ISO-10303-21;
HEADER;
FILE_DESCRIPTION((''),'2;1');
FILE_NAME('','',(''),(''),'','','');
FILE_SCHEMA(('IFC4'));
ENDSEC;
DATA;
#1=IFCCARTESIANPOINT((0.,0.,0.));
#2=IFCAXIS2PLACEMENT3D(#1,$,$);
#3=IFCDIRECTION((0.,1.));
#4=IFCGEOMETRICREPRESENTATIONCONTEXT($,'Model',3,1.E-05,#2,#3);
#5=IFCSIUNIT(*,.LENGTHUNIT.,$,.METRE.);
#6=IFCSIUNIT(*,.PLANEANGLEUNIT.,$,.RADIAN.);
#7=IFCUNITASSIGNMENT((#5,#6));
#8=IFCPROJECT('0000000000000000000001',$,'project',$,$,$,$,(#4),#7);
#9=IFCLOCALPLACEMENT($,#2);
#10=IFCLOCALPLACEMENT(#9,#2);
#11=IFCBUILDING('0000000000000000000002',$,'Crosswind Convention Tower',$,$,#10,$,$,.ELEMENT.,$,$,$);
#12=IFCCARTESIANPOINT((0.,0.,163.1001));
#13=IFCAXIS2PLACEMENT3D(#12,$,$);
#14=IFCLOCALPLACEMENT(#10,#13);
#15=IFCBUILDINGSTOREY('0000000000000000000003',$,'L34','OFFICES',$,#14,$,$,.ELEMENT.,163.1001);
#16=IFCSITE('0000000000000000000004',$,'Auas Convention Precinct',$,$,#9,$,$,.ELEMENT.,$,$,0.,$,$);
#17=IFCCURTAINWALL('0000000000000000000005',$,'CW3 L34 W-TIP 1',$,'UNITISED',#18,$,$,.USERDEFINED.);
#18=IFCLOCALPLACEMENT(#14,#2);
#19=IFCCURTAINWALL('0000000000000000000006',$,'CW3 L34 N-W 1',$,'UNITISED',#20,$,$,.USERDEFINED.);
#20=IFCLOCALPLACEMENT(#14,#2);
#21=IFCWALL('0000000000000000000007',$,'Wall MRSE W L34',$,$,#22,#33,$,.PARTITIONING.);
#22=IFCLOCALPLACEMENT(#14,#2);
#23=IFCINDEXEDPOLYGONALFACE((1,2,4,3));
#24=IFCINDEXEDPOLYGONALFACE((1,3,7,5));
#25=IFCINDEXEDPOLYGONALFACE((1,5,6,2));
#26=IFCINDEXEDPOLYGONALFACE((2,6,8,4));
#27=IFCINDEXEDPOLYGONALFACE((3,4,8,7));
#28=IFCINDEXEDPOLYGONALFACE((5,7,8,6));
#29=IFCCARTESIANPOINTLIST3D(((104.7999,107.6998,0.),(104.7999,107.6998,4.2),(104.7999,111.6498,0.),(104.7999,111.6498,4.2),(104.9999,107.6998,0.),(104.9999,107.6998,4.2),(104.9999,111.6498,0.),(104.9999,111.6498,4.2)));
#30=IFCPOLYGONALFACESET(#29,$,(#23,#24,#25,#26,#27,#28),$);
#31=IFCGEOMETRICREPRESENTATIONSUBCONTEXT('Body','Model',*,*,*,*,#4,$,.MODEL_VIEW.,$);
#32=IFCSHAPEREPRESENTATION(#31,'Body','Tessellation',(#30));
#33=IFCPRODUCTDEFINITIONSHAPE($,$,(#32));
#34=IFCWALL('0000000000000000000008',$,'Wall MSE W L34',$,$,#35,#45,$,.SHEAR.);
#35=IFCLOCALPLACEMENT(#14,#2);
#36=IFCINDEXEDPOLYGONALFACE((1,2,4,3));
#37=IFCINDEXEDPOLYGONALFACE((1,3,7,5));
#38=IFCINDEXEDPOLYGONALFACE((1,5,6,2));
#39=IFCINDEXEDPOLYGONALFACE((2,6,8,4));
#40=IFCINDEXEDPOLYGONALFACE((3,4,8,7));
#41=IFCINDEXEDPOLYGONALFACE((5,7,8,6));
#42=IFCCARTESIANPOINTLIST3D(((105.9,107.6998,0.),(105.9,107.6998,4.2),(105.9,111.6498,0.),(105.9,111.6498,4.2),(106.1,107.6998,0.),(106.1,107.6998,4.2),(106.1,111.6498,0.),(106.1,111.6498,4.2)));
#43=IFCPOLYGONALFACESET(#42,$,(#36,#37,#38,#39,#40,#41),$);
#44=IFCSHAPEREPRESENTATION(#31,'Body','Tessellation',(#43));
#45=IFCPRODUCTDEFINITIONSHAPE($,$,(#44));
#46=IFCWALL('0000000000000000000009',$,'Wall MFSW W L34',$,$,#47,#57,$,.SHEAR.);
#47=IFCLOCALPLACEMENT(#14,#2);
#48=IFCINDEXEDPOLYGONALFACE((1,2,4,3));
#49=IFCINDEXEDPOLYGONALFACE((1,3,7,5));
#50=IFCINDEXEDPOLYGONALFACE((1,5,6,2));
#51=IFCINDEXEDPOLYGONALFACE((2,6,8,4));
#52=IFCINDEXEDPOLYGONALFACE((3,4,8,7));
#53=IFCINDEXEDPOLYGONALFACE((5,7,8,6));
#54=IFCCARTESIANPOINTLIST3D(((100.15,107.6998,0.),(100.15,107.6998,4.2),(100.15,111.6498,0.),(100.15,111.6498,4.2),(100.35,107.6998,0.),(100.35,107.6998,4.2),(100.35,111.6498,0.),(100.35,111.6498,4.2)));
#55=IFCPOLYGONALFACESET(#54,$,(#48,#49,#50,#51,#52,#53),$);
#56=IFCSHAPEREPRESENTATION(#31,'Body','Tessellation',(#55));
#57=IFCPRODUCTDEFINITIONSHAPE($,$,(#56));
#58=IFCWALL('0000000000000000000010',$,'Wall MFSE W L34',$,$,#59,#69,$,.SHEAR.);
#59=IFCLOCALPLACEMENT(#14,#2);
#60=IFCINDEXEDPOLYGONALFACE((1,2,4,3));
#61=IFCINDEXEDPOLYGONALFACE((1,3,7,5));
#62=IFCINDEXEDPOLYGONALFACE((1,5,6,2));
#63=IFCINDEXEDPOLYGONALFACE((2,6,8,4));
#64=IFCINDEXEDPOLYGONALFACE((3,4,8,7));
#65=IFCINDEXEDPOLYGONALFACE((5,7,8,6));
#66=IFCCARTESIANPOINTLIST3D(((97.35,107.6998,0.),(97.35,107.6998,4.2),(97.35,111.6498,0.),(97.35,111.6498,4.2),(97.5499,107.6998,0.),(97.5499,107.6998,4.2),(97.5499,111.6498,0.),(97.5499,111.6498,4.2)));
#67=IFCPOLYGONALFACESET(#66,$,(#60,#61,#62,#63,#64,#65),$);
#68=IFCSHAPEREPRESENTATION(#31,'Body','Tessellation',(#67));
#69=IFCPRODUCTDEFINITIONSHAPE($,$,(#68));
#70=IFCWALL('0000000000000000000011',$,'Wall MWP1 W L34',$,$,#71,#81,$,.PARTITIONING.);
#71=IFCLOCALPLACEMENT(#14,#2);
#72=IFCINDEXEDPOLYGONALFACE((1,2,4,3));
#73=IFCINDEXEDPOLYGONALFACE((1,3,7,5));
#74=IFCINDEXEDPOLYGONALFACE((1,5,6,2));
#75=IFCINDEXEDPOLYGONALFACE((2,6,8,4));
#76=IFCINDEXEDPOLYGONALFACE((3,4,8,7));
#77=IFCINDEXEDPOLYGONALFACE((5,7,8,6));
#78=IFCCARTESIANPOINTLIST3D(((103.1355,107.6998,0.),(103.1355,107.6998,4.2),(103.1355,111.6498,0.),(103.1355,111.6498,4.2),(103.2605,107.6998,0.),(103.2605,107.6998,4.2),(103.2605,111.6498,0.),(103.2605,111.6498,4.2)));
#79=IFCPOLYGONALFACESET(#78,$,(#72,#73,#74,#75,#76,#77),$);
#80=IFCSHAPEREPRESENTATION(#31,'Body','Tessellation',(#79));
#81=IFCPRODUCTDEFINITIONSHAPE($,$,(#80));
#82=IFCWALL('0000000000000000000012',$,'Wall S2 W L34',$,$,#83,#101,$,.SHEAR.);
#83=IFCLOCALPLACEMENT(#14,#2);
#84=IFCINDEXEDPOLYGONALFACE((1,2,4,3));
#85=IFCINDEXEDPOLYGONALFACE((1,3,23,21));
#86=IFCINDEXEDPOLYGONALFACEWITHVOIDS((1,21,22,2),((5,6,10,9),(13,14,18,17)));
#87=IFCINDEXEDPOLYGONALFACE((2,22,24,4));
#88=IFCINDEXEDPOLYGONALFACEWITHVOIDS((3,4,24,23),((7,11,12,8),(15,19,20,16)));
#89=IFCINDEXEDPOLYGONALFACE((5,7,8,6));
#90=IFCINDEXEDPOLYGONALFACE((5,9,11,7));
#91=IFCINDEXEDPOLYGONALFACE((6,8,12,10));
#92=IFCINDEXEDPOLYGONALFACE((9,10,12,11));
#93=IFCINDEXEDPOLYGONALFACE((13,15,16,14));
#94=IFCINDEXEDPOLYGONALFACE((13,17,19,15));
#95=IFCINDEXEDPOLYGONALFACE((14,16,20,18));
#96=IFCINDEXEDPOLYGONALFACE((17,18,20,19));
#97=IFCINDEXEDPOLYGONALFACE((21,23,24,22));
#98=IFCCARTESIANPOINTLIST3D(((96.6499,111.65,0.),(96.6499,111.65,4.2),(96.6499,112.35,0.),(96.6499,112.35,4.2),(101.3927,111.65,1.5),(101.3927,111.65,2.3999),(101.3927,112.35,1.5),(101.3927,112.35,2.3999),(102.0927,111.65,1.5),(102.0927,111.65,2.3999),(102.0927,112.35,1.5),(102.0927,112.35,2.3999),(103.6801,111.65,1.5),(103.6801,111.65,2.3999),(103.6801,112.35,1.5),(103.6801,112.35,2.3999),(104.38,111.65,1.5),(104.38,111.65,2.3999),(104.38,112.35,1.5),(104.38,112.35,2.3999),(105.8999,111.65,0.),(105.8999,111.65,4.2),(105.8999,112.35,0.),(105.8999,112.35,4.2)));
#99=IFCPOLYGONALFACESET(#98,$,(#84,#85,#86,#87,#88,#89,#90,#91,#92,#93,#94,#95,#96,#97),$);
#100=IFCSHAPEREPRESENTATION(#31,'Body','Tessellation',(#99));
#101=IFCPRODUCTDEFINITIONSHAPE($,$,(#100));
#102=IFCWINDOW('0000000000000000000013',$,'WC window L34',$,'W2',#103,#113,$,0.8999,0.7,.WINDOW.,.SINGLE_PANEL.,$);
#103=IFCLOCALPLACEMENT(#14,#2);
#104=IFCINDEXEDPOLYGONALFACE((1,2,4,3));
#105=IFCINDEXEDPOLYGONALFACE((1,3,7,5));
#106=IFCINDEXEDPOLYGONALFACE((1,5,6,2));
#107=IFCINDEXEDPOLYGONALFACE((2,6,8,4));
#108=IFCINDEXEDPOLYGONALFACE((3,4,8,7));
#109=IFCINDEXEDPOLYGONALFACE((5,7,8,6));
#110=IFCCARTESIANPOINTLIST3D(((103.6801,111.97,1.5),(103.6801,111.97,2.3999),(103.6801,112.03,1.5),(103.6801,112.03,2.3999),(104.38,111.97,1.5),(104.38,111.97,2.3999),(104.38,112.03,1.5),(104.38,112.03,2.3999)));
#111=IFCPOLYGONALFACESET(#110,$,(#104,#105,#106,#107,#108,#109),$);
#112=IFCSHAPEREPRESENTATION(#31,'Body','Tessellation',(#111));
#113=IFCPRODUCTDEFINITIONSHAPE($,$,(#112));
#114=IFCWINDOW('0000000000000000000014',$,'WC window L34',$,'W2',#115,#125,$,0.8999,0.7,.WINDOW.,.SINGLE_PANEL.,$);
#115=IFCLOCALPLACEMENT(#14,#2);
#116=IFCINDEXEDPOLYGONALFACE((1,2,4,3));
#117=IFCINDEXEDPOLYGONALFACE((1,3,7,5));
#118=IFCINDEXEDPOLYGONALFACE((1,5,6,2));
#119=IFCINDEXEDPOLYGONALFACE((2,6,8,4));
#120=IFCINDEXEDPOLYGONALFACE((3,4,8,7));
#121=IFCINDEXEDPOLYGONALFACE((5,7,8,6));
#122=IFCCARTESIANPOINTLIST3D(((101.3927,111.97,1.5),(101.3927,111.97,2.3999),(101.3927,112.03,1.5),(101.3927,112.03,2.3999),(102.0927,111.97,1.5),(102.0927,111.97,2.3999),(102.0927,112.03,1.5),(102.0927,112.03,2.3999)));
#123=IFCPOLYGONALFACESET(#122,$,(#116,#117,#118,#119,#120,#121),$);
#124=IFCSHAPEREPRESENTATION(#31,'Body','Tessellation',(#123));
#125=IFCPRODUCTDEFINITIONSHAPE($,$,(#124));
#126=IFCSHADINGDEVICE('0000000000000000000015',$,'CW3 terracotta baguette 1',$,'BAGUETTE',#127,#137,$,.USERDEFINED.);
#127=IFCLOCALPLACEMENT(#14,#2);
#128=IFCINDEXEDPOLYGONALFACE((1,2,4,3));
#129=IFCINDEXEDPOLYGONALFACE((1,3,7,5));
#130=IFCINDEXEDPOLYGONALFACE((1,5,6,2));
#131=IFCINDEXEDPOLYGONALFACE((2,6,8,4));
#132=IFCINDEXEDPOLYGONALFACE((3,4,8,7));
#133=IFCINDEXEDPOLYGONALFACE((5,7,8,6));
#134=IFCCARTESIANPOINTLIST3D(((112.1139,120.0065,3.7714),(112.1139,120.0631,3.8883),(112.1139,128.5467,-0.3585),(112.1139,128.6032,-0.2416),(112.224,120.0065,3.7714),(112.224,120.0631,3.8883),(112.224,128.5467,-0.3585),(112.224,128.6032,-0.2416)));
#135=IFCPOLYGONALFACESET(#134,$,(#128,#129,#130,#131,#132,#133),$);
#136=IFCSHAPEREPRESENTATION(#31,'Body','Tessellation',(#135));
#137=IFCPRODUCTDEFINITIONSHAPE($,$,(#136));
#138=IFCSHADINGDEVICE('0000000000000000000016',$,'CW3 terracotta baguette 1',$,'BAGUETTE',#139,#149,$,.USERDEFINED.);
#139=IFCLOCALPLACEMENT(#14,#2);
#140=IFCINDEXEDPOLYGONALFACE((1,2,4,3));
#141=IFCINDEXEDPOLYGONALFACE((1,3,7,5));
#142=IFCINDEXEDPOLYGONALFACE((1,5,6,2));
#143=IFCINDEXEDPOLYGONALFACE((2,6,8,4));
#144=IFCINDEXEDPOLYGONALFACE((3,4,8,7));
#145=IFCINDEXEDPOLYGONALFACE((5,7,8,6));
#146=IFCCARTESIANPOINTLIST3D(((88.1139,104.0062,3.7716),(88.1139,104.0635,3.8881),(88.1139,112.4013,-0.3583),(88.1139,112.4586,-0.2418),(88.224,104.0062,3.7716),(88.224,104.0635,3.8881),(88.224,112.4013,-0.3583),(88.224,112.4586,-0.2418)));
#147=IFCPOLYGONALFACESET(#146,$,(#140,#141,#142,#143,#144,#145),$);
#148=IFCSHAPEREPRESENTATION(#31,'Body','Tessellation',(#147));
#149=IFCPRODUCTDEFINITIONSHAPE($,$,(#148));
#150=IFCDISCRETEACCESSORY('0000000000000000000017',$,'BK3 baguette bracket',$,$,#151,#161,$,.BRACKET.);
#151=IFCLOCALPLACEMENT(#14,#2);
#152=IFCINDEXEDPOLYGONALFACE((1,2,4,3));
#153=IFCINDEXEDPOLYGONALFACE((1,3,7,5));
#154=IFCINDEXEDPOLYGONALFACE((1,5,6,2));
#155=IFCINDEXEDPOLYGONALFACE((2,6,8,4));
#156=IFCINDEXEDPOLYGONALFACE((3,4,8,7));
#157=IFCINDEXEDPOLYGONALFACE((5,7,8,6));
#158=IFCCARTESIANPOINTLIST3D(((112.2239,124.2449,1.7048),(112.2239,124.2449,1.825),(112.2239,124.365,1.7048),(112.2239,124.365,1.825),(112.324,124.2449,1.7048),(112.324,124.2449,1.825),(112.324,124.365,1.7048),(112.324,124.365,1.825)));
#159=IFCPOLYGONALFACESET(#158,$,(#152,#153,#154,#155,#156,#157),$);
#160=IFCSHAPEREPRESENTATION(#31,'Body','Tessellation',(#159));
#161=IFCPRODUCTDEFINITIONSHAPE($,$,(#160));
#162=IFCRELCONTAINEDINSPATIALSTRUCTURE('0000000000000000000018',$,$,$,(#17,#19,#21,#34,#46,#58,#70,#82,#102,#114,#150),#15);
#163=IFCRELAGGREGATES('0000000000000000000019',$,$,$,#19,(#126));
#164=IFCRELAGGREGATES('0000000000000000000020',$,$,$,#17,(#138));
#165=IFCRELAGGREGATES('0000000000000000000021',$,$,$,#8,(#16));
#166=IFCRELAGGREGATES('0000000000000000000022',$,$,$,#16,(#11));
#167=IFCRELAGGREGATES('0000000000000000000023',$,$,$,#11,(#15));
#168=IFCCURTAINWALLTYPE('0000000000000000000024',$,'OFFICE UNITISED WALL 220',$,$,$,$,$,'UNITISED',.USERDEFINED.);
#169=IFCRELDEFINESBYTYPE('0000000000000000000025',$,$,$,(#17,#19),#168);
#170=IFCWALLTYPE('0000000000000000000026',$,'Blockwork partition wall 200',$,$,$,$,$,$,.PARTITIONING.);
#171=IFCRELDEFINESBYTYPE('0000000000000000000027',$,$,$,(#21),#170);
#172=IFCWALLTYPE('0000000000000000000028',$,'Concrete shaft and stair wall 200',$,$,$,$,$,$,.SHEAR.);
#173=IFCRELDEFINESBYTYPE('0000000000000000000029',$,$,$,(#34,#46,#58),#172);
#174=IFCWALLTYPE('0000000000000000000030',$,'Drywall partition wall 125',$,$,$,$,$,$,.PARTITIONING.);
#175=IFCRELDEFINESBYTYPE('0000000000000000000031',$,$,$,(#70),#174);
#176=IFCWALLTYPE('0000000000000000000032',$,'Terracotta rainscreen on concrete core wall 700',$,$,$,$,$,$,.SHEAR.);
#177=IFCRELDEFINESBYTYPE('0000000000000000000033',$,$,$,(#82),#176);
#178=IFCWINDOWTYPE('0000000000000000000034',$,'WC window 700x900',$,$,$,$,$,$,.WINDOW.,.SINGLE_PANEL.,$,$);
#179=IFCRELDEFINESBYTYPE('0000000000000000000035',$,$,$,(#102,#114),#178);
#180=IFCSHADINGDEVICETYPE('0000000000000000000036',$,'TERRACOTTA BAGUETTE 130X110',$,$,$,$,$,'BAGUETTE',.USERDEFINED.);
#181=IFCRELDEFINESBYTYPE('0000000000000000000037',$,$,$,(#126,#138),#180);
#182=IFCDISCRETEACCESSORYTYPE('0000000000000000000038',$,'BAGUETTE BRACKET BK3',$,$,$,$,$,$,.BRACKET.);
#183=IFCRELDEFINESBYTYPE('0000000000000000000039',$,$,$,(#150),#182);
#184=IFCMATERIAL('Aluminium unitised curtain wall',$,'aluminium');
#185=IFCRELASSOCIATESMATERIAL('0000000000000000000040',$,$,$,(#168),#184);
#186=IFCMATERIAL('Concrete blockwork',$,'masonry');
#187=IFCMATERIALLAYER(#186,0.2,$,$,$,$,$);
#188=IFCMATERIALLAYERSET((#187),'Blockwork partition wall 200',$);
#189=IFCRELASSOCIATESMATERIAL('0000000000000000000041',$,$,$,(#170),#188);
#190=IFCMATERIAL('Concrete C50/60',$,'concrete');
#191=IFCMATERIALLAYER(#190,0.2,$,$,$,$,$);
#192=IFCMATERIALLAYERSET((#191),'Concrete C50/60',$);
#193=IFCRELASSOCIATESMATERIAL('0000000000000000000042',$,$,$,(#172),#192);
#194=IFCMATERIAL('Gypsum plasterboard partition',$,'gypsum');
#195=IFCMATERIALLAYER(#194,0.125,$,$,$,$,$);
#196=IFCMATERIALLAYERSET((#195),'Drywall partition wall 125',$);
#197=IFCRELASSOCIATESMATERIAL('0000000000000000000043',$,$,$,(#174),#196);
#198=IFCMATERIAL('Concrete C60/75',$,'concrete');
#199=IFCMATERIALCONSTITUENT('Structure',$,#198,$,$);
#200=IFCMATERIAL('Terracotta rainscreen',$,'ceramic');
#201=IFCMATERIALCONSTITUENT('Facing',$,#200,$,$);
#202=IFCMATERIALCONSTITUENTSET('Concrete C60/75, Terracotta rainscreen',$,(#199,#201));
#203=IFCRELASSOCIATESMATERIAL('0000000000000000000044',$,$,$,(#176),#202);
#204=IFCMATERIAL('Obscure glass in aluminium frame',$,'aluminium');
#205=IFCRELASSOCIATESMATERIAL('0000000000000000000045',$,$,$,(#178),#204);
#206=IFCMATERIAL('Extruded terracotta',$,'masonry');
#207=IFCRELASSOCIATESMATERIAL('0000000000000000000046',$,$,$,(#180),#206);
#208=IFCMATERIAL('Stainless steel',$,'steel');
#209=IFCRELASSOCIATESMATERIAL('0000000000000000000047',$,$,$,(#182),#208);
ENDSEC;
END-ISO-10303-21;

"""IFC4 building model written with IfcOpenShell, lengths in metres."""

from ifc_helpers import new_model, si_unit, direction, frame, frame_2d, origin, origin_2d, place, context, subcontext, project, spatial, rectangle, extrude, material, layer, layer_set, constituent, constituent_set, material_profile, profile_set, type_object, element, fill, aggregate, save


model = new_model("IFC4")

# Units and contexts
model_context = context("Model", 3, precision=1e-05, world=origin(), true_north=direction((0.0, 1.0)))
body_context = subcontext(model_context, "Body", "Model", "MODEL_VIEW")
ifc_project = project(units=[si_unit("LENGTHUNIT", "METRE"), si_unit("PLANEANGLEUNIT", "RADIAN")], contexts=[model_context])

# Site, building, storey
site_placement = place(None, origin())
site = spatial("IfcSite", under=ifc_project, at=site_placement, Name="Auas Convention Precinct", CompositionType="ELEMENT", RefElevation=0.0)
building_placement = place(site_placement, origin())
building = spatial("IfcBuilding", under=site, at=building_placement, Name="Crosswind Convention Tower", CompositionType="ELEMENT")
storey_placement = place(building_placement, frame((0.0, 0.0, 163.1001)))
storey = spatial("IfcBuildingStorey", under=building, at=storey_placement, Name="L34", Description="OFFICES", CompositionType="ELEMENT", Elevation=163.1001)

# Shared definitions
ifc_material_1 = material(Name="Concrete C60/75", Category="concrete")

# Shared definitions
ifc_material_2 = material(Name="Aluminium unitised curtain wall", Category="aluminium")

# Curtain wall
curtain_wall_type_1 = type_object("IfcCurtainWallType", Name="OFFICE UNITISED WALL 220", ElementType="UNITISED", PredefinedType="USERDEFINED", material=ifc_material_2)
curtain_wall_1_placement = place(storey_placement, origin())
curtain_wall_1 = element("IfcCurtainWall", 1, at=curtain_wall_1_placement, inside=storey, type_object=curtain_wall_type_1, Name="CW3 L34 W-TIP 1", ObjectType="UNITISED", PredefinedType="USERDEFINED")

# Curtain wall
curtain_wall_2_placement = place(storey_placement, origin())
curtain_wall_2 = element("IfcCurtainWall", 2, at=curtain_wall_2_placement, inside=storey, type_object=curtain_wall_type_1, Name="CW3 L34 N-W 1", ObjectType="UNITISED", PredefinedType="USERDEFINED")

# Wall
ifc_material_3 = material(Name="Concrete blockwork", Category="masonry")
ifc_layer_1 = layer(ifc_material_3, 0.2)
ifc_layer_set_1 = layer_set([ifc_layer_1], Name="Blockwork partition wall 200")
wall_type_1 = type_object("IfcWallType", Name="Blockwork partition wall 200", PredefinedType="PARTITIONING", material=ifc_layer_set_1)
wall_1_placement = place(storey_placement, frame((104.8999, 111.6499, 0.0), z_axis=(0.0, 0.0, 1.0), x_axis=(0.0, -1.0, 0.0)))
element("IfcWall", 3, at=wall_1_placement, inside=storey, type_object=wall_type_1, Name="Wall MRSE W L34", PredefinedType="PARTITIONING", context=body_context, shape_type="SweptSolid", body=[
    extrude(rectangle(XDim=3.95, YDim=0.2, at=frame_2d((1.9751, 0.0))), origin(), (0.0, 0.0, 1.0), 4.2),
])

# Walls
ifc_material_4 = material(Name="Concrete C50/60", Category="concrete")
ifc_layer_2 = layer(ifc_material_4, 0.2)
ifc_layer_set_2 = layer_set([ifc_layer_2], Name="Concrete C50/60")
wall_type_2 = type_object("IfcWallType", Name="Concrete shaft and stair wall 200", PredefinedType="SHEAR", material=ifc_layer_set_2)
for number, where, z_axis, x_axis, name in (
    (4, (106.0, 111.6499, 0.0), (0.0, 0.0, 1.0), (0.0, -1.0, 0.0), "Wall MSE W L34"),
    (5, (100.25, 111.6499, 0.0), (0.0, 0.0, 1.0), (0.0, -1.0, 0.0), "Wall MFSW W L34"),
    (6, (97.45, 111.6499, 0.0), (0.0, 0.0, 1.0), (0.0, -1.0, 0.0), "Wall MFSE W L34"),
):
    element("IfcWall", number, at=place(storey_placement, frame(where, z_axis=z_axis, x_axis=x_axis)), inside=storey, type_object=wall_type_2, Name=name, PredefinedType="SHEAR", context=body_context, shape_type="SweptSolid", body=[
        extrude(rectangle(XDim=3.95, YDim=0.2, at=frame_2d((1.9751, 0.0))), origin(), (0.0, 0.0, 1.0), 4.2),
    ])
ifc_material_5 = material(Name="Gypsum plasterboard partition", Category="gypsum")
ifc_layer_3 = layer(ifc_material_5, 0.125)
ifc_layer_set_3 = layer_set([ifc_layer_3], Name="Drywall partition wall 125")
wall_type_3 = type_object("IfcWallType", Name="Drywall partition wall 125", PredefinedType="PARTITIONING", material=ifc_layer_set_3)
wall_2_placement = place(storey_placement, frame((103.198, 111.6499, 0.0), z_axis=(0.0, 0.0, 1.0), x_axis=(0.0, -1.0, 0.0)))
element("IfcWall", 7, at=wall_2_placement, inside=storey, type_object=wall_type_3, Name="Wall MWP1 W L34", PredefinedType="PARTITIONING", context=body_context, shape_type="SweptSolid", body=[
    extrude(rectangle(XDim=3.95, YDim=0.125, at=frame_2d((1.9751, 0.0))), origin(), (0.0, 0.0, 1.0), 4.2),
])

# Wall, openings, windows
ifc_constituent_1 = constituent(ifc_material_1, Name="Structure")
ifc_material_6 = material(Name="Terracotta rainscreen", Category="ceramic")
ifc_constituent_2 = constituent(ifc_material_6, Name="Facing")
ifc_constituent_set = constituent_set(constituents=[ifc_constituent_1, ifc_constituent_2], Name="Concrete C60/75, Terracotta rainscreen")
wall_type_4 = type_object("IfcWallType", Name="Terracotta rainscreen on concrete core wall 700", PredefinedType="SHEAR", material=ifc_constituent_set)
wall_3_placement = place(storey_placement, frame((105.8999, 112.0, 0.0), z_axis=(0.0, 0.0, 1.0), x_axis=(-1.0, 0.0, 0.0)))
wall_3 = element("IfcWall", 8, at=wall_3_placement, inside=storey, type_object=wall_type_4, Name="Wall S2 W L34", PredefinedType="SHEAR", context=body_context, shape_type="SweptSolid", body=[
    extrude(rectangle(XDim=9.25, YDim=0.7, at=frame_2d((4.625, 0.0))), origin(), (0.0, 0.0, 1.0), 4.2),
])
opening_1_placement = place(wall_3_placement, frame((1.5198, 0.0, 1.5)))
opening_1 = element("IfcOpeningElement", 9, at=opening_1_placement, cuts=wall_3, PredefinedType="OPENING", context=body_context, shape_type="SweptSolid", body=[
    extrude(rectangle(XDim=0.7, YDim=0.8999, at=frame_2d((0.3501, 0.45))), frame((0.0, 0.3599, 0.0), z_axis=(0.0, -1.0, 0.0), x_axis=(1.0, 0.0, 0.0)), (0.0, 0.0, 1.0), 0.72),
])
opening_2_placement = place(wall_3_placement, frame((3.8071, 0.0, 1.5)))
opening_2 = element("IfcOpeningElement", 10, at=opening_2_placement, cuts=wall_3, PredefinedType="OPENING", context=body_context, shape_type="SweptSolid", body=[
    extrude(rectangle(XDim=0.7, YDim=0.8999, at=frame_2d((0.3501, 0.45))), frame((0.0, 0.3599, 0.0), z_axis=(0.0, -1.0, 0.0), x_axis=(1.0, 0.0, 0.0)), (0.0, 0.0, 1.0), 0.72),
])
ifc_material_7 = material(Name="Obscure glass in aluminium frame", Category="aluminium")
window_type = type_object("IfcWindowType", Name="WC window 700x900", PartitioningType="SINGLE_PANEL", PredefinedType="WINDOW", material=ifc_material_7)
window_1_placement = place(opening_1_placement, origin())
window_1 = element("IfcWindow", 11, at=window_1_placement, inside=storey, type_object=window_type, Name="WC window L34", ObjectType="W2", OverallHeight=0.8999, OverallWidth=0.7, PartitioningType="SINGLE_PANEL", PredefinedType="WINDOW", context=body_context, shape_type="SweptSolid", body=[
    extrude(rectangle(XDim=0.7, YDim=0.8999, at=frame_2d((0.3501, 0.45))), frame((0.0, 0.03, 0.0), z_axis=(0.0, -1.0, 0.0), x_axis=(1.0, 0.0, 0.0)), (0.0, 0.0, 1.0), 0.0601),
])
fill(opening_1, window_1)
window_2_placement = place(opening_2_placement, origin())
window_2 = element("IfcWindow", 12, at=window_2_placement, inside=storey, type_object=window_type, Name="WC window L34", ObjectType="W2", OverallHeight=0.8999, OverallWidth=0.7, PartitioningType="SINGLE_PANEL", PredefinedType="WINDOW", context=body_context, shape_type="SweptSolid", body=[
    extrude(rectangle(XDim=0.7, YDim=0.8999, at=frame_2d((0.3501, 0.45))), frame((0.0, 0.03, 0.0), z_axis=(0.0, -1.0, 0.0), x_axis=(1.0, 0.0, 0.0)), (0.0, 0.0, 1.0), 0.0601),
])
fill(opening_2, window_2)

# Shading devices
ifc_material_8 = material(Name="Extruded terracotta", Category="masonry")
ifc_material_profile_1 = material_profile(ifc_material_8, rectangle(XDim=0.1101, YDim=0.1299, at=origin_2d()), Name="TC 110X130")
ifc_profile_set_1 = profile_set([ifc_material_profile_1], Name="Extruded terracotta")
shading_device_type = type_object("IfcShadingDeviceType", Name="TERRACOTTA BAGUETTE 130X110", ElementType="BAGUETTE", PredefinedType="USERDEFINED", material=ifc_profile_set_1)
shading_device_1_placement = place(storey_placement, frame((112.1689, 128.575, -0.3), z_axis=(0.0, -0.900258, 0.435356), x_axis=(1.0, 0.0, 0.0)))
shading_device_1 = element("IfcShadingDevice", 13, at=shading_device_1_placement, type_object=shading_device_type, Name="CW3 terracotta baguette 1", ObjectType="BAGUETTE", PredefinedType="USERDEFINED", context=body_context, shape_type="SweptSolid", body=[
    extrude(rectangle(XDim=0.1101, YDim=0.1299, at=origin_2d()), origin(), (0.0, 0.0, 1.0), 9.4863),
])
aggregate(curtain_wall_2, [shading_device_1])
shading_device_2_placement = place(storey_placement, frame((88.1689, 112.4299, -0.3), z_axis=(0.0, -0.8973, 0.441422), x_axis=(1.0, 0.0, 0.0)))
shading_device_2 = element("IfcShadingDevice", 14, at=shading_device_2_placement, type_object=shading_device_type, Name="CW3 terracotta baguette 1", ObjectType="BAGUETTE", PredefinedType="USERDEFINED", context=body_context, shape_type="SweptSolid", body=[
    extrude(rectangle(XDim=0.1101, YDim=0.1299, at=origin_2d()), origin(), (0.0, 0.0, 1.0), 9.356),
])
aggregate(curtain_wall_1, [shading_device_2])

# Discrete accessory
ifc_material_9 = material(Name="Stainless steel", Category="steel")
discrete_accessory_type = type_object("IfcDiscreteAccessoryType", Name="BAGUETTE BRACKET BK3", PredefinedType="BRACKET", material=ifc_material_9)
discrete_accessory_placement = place(storey_placement, frame((112.2739, 124.3049, 1.7048), z_axis=(0.0, 0.0, 1.0), x_axis=(0.0, -1.0, 0.0)))
element("IfcDiscreteAccessory", 15, at=discrete_accessory_placement, inside=storey, type_object=discrete_accessory_type, Name="BK3 baguette bracket", PredefinedType="BRACKET", context=body_context, shape_type="SweptSolid", body=[
    extrude(rectangle(XDim=0.1201, YDim=0.1001, at=origin_2d()), origin(), (0.0, 0.0, 1.0), 0.1201),
])

save(model, "model.ifc")
